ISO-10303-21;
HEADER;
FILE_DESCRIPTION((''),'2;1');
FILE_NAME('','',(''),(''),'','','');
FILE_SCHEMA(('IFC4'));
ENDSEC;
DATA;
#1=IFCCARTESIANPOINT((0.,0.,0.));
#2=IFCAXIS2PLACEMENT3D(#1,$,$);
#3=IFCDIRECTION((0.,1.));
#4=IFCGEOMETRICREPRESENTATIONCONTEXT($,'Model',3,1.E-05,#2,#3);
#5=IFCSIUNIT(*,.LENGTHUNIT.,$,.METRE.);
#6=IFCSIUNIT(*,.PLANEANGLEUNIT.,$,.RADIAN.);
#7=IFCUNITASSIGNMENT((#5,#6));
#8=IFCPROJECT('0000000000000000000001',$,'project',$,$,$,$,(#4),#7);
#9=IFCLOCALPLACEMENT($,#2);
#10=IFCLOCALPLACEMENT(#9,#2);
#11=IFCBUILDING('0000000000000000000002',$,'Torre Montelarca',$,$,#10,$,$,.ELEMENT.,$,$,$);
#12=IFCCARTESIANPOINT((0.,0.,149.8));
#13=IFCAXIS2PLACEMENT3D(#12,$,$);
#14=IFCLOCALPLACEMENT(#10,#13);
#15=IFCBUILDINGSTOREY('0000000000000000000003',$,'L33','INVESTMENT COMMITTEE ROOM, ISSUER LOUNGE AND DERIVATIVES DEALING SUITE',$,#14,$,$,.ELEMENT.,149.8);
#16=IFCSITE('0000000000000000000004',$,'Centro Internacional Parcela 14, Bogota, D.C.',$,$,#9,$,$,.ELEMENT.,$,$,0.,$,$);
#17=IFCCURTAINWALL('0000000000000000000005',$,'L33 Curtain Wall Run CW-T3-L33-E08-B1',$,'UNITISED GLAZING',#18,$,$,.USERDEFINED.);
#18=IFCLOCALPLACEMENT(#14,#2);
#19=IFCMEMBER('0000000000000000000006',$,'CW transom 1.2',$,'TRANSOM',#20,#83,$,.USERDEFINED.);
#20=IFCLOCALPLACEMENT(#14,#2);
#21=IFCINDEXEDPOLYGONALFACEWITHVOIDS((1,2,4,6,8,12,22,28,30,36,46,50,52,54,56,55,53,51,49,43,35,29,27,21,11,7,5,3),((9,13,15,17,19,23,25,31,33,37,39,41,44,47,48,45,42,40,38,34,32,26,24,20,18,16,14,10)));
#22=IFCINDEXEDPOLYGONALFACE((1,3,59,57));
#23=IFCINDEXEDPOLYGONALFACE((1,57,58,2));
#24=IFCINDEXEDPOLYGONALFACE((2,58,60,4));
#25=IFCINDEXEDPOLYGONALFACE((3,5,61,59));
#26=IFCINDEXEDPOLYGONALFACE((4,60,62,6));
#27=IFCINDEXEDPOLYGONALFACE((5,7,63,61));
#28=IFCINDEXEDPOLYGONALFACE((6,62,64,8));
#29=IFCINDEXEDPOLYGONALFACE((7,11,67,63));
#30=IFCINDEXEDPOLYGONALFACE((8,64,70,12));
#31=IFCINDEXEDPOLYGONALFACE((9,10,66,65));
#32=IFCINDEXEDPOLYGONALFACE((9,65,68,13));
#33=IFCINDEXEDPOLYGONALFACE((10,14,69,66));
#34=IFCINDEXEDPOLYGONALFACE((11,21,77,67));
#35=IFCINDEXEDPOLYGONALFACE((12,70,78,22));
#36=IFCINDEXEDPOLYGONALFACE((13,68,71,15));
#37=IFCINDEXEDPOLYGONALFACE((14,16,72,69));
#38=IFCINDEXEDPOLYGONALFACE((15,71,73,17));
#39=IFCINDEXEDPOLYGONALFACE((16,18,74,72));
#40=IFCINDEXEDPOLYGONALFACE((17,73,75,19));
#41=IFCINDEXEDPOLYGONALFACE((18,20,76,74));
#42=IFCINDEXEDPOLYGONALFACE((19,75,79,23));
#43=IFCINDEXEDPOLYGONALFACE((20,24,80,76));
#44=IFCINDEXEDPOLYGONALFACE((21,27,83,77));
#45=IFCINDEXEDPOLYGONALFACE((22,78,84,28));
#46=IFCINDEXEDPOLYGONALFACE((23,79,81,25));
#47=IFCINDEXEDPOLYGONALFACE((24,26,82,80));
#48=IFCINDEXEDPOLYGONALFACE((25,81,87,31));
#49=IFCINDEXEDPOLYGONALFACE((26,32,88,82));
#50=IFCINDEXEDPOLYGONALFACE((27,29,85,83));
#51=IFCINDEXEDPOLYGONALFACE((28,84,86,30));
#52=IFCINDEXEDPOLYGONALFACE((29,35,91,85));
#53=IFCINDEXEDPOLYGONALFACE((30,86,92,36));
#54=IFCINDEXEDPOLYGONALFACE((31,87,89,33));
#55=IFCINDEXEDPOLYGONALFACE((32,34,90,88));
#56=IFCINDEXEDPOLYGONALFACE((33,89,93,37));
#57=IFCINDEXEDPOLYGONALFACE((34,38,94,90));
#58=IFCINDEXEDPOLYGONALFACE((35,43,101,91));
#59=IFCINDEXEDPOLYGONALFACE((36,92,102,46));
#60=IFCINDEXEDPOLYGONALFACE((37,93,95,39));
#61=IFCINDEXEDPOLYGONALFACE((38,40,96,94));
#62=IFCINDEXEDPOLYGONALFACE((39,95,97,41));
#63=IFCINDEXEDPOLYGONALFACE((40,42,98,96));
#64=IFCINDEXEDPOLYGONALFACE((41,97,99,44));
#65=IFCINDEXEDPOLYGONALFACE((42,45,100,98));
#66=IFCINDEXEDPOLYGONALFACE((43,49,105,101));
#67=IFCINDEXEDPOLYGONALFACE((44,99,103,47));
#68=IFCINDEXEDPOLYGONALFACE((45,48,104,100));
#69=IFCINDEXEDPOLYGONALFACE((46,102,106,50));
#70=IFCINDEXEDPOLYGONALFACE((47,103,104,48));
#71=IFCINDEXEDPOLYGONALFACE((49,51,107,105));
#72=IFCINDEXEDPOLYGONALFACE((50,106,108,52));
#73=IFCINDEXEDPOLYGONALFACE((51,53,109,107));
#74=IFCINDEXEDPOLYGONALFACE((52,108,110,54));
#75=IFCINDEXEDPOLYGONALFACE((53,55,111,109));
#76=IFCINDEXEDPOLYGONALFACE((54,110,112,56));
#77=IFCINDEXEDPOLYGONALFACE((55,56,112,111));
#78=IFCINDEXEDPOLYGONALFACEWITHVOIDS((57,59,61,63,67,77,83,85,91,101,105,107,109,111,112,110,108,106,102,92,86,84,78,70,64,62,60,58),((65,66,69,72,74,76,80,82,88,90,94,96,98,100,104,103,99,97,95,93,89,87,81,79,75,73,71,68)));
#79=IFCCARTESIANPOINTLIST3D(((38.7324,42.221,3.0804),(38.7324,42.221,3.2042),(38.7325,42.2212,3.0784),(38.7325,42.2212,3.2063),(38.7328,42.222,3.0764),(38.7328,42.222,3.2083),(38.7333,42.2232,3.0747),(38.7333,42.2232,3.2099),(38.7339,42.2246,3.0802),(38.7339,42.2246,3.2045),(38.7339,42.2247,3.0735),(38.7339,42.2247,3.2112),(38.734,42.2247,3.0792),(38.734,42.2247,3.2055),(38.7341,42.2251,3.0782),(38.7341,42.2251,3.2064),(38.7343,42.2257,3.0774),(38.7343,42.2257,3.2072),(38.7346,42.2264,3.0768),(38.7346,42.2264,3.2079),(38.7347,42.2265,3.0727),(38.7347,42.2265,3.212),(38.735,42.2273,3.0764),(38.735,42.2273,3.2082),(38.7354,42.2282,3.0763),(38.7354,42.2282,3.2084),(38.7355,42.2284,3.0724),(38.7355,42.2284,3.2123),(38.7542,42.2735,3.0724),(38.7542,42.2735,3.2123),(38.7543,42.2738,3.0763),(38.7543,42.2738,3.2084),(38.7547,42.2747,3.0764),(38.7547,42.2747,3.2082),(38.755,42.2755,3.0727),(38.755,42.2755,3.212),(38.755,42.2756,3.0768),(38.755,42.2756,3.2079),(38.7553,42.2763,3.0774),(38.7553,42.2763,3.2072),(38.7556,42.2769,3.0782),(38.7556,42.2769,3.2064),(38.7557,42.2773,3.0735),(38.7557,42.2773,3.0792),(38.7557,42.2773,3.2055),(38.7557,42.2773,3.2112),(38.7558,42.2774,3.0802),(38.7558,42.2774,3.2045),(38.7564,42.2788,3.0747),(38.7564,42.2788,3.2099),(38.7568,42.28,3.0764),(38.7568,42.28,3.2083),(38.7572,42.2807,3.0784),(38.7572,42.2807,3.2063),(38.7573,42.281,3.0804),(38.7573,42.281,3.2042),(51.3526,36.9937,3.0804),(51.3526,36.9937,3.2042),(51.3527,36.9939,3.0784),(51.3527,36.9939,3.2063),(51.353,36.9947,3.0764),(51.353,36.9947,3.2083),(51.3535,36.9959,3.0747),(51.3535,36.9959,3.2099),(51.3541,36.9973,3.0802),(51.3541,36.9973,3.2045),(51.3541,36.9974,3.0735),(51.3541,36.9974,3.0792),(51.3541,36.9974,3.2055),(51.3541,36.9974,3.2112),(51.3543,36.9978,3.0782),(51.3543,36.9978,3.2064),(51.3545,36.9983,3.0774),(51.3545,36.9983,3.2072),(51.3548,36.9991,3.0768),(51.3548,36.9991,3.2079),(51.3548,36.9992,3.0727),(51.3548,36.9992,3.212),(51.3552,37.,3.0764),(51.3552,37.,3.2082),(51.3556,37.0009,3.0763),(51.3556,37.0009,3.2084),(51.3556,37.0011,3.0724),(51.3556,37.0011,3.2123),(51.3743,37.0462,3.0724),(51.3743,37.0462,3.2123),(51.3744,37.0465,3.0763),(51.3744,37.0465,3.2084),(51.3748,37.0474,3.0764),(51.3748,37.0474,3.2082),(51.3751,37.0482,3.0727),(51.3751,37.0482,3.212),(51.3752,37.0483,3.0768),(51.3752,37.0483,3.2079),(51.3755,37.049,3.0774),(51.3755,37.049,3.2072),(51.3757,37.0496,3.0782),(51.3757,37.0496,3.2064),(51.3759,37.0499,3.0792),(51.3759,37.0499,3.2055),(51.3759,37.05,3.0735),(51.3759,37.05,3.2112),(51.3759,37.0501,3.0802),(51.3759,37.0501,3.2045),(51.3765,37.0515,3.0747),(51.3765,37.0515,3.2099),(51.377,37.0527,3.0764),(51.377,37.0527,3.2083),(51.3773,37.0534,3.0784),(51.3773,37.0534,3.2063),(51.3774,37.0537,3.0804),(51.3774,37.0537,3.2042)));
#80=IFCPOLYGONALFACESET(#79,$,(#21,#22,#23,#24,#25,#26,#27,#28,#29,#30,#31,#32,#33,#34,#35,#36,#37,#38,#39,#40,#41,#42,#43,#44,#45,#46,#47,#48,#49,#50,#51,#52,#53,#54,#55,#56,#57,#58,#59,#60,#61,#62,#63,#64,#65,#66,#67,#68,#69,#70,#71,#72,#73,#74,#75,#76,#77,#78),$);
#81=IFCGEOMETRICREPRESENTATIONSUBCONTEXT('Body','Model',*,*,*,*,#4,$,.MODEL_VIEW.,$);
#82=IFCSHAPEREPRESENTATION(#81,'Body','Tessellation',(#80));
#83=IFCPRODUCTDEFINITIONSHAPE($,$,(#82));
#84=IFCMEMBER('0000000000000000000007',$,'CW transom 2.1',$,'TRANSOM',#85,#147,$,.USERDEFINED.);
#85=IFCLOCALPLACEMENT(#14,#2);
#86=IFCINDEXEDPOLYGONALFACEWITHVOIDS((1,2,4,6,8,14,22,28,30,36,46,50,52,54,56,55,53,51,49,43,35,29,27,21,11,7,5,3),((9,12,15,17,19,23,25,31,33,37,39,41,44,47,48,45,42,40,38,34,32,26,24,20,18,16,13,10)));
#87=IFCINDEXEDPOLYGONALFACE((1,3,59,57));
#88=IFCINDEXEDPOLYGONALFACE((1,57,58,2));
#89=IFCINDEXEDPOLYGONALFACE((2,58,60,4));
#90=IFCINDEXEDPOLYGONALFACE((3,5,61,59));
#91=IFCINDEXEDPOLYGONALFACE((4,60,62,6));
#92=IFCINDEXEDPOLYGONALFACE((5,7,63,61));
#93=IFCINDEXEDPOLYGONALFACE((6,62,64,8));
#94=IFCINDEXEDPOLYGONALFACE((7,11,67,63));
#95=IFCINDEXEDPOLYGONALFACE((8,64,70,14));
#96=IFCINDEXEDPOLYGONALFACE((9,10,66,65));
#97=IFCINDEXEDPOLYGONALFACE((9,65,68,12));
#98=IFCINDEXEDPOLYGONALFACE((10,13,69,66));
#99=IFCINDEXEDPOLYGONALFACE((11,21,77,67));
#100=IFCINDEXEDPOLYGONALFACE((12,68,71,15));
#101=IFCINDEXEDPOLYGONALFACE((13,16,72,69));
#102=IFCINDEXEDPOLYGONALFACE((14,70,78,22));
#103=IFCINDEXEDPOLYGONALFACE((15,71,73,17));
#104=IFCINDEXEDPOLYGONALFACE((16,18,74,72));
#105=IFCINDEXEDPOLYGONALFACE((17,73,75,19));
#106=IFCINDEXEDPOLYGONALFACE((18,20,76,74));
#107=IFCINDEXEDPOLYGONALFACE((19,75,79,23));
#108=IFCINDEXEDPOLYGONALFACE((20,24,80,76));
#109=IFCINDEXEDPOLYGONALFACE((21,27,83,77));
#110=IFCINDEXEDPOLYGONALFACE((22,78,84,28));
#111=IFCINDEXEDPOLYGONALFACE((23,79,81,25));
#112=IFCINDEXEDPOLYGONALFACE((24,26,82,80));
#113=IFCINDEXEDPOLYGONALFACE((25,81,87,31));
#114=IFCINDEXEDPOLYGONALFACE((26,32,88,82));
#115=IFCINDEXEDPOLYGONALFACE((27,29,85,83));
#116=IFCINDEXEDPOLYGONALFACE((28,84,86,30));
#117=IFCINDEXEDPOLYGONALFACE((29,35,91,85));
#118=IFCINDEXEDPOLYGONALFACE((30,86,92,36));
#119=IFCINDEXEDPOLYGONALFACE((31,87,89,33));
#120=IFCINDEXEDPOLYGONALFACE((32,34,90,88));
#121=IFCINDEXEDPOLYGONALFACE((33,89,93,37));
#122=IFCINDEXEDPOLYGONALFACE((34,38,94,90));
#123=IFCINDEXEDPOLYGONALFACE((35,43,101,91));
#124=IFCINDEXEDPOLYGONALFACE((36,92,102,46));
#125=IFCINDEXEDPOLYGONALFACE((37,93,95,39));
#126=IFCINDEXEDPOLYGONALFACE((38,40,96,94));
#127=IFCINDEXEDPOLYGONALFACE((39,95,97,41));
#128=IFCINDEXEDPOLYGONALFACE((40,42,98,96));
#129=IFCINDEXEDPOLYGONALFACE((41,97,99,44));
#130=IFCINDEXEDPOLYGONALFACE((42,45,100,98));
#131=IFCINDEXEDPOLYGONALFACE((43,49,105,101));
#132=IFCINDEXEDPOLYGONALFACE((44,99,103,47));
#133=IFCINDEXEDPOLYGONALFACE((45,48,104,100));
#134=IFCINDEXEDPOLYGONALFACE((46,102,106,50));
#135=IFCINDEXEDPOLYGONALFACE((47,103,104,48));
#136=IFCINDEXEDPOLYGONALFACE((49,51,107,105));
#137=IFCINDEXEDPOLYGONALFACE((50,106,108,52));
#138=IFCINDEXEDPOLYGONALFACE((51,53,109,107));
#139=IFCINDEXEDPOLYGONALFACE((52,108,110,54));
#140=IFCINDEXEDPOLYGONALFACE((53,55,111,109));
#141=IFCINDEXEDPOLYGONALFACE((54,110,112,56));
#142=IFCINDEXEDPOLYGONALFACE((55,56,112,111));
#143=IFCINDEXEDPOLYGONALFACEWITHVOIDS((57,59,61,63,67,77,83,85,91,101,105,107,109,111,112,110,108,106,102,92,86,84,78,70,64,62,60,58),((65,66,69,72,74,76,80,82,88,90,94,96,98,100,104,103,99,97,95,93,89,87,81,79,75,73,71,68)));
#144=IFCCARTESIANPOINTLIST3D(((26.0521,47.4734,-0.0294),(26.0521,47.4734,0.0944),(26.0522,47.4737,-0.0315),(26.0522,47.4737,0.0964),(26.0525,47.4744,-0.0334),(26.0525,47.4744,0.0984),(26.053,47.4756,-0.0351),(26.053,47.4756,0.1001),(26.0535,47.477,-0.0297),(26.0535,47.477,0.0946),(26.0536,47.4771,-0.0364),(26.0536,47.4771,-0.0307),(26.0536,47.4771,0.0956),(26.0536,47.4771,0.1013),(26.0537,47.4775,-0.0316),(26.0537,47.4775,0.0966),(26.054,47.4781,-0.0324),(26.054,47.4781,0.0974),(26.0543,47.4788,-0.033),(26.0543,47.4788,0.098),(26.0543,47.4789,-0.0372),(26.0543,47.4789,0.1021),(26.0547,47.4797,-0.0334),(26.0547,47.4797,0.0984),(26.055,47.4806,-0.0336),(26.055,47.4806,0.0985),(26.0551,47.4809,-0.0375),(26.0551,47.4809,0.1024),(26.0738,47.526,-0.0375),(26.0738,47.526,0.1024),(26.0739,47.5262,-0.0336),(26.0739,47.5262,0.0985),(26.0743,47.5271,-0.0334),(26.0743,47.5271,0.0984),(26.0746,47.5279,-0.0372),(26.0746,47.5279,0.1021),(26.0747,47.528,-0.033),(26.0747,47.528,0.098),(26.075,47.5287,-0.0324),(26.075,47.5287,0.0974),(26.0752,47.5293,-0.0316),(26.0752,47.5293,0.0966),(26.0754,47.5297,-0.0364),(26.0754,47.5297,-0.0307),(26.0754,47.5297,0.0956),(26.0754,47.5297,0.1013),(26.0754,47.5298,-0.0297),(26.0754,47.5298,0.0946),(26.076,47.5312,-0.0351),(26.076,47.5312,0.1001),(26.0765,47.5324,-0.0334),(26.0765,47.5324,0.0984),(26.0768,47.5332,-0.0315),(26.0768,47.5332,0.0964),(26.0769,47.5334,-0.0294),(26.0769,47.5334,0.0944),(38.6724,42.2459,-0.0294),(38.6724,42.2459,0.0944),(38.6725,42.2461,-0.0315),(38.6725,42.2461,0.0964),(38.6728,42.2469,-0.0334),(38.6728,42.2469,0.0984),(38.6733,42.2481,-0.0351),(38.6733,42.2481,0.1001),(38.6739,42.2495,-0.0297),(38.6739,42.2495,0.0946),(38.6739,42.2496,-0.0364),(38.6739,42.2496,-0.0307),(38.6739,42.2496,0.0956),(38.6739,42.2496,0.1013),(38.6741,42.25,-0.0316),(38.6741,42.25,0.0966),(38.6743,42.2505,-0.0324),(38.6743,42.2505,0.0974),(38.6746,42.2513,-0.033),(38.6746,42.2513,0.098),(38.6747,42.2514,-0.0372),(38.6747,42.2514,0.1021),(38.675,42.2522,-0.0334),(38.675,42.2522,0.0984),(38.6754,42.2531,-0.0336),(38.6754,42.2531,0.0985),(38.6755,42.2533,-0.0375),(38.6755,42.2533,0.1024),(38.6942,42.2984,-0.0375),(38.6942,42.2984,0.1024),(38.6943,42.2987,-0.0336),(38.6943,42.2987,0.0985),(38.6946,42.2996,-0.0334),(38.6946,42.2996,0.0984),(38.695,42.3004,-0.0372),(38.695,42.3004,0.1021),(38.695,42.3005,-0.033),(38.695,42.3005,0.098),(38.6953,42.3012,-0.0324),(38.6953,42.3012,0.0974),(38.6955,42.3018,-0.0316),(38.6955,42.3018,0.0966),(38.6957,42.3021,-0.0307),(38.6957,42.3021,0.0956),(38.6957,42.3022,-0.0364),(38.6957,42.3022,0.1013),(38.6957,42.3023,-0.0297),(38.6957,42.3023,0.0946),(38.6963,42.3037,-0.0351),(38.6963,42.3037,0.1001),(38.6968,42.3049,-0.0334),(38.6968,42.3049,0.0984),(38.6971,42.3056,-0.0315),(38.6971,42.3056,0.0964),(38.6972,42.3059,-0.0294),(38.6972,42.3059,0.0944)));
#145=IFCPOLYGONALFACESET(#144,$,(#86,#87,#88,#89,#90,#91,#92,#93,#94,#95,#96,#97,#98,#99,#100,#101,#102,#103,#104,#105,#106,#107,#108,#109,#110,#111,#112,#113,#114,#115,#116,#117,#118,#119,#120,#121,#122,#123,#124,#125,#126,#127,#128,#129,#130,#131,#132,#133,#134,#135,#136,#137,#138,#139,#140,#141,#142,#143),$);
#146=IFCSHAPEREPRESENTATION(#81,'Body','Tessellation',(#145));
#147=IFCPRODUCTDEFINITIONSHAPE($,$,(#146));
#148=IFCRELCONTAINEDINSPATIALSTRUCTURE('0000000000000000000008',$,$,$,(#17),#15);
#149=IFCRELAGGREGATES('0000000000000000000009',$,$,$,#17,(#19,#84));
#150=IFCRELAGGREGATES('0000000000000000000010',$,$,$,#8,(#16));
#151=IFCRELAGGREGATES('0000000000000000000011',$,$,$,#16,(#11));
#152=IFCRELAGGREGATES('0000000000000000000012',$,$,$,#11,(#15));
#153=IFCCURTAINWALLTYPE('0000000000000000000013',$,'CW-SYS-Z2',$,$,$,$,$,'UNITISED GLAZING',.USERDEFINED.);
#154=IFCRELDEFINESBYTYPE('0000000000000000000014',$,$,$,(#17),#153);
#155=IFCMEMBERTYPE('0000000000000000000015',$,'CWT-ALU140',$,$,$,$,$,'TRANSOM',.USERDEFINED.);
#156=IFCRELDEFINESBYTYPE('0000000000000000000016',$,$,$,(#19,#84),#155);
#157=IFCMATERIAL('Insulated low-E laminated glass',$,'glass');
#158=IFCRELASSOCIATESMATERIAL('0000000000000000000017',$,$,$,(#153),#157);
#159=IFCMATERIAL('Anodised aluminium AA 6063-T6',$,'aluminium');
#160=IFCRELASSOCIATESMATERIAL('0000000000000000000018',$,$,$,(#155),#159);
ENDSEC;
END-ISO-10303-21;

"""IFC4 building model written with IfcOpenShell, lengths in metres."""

from ifc_helpers import new_model, si_unit, direction, frame, origin, origin_2d, place, context, subcontext, project, spatial, hollow_rectangle, extrude, source, transform, mapped, material, material_profile, profile_set, type_object, element, aggregate, save


model = new_model("IFC4")

# Units and contexts
model_context = context("Model", 3, precision=1e-05, world=origin(), true_north=direction((0.0, 1.0)))
body_context = subcontext(model_context, "Body", "Model", "MODEL_VIEW")
ifc_project = project(units=[si_unit("LENGTHUNIT", "METRE"), si_unit("PLANEANGLEUNIT", "RADIAN")], contexts=[model_context])

# Site, building, storey
site_placement = place(None, origin())
site = spatial("IfcSite", under=ifc_project, at=site_placement, Name="Centro Internacional Parcela 14, Bogota, D.C.", CompositionType="ELEMENT", RefElevation=0.0)
building_placement = place(site_placement, origin())
building = spatial("IfcBuilding", under=site, at=building_placement, Name="Torre Montelarca", CompositionType="ELEMENT")
storey_placement = place(building_placement, frame((0.0, 0.0, 149.8)))
storey = spatial("IfcBuildingStorey", under=building, at=storey_placement, Name="L33", Description="INVESTMENT COMMITTEE ROOM, ISSUER LOUNGE AND DERIVATIVES DEALING SUITE", CompositionType="ELEMENT", Elevation=149.8)

# Shared definitions
ifc_material_1 = material(Name="Insulated low-E laminated glass", Category="glass")
curtain_wall_type = type_object("IfcCurtainWallType", Name="CW-SYS-Z2", ElementType="UNITISED GLAZING", PredefinedType="USERDEFINED", material=ifc_material_1)
ifc_material_2 = material(Name="Anodised aluminium AA 6063-T6", Category="aluminium")
ifc_material_profile_1 = material_profile(ifc_material_2, hollow_rectangle(XDim=0.0649, YDim=0.1399, WallThickness=0.0039, InnerFilletRadius=0.0039, OuterFilletRadius=0.0081, at=origin_2d()), Name="ALU65X140X4", Category="aluminium")
ifc_profile_set_1 = profile_set([ifc_material_profile_1], Name="Anodised aluminium AA 6063-T6")
member_type_1 = type_object("IfcMemberType", Name="CWT-ALU140", ElementType="TRANSOM", PredefinedType="USERDEFINED", material=ifc_profile_set_1)

# Curtain wall, members
curtain_wall_1_placement = place(storey_placement, origin())
curtain_wall_1 = element("IfcCurtainWall", 1, at=curtain_wall_1_placement, inside=storey, type_object=curtain_wall_type, Name="L33 Curtain Wall Run CW-T3-L33-E08-B1", ObjectType="UNITISED GLAZING", PredefinedType="USERDEFINED")
shared_shape_1 = source(origin(), body_context, "Body", "SweptSolid", [
    extrude(hollow_rectangle(XDim=0.0649, YDim=0.1399, WallThickness=0.0039, InnerFilletRadius=0.0039, OuterFilletRadius=0.0081, at=origin_2d()), origin(), (0.0, 0.0, 1.0), 13.6599),
])
member_1_placement = place(storey_placement, frame((51.365, 37.0237, 3.1423), z_axis=(-0.923883, 0.382675, 0.0), x_axis=(-0.382675, -0.923883, 0.0)))
member_1 = element("IfcMember", 2, at=member_1_placement, type_object=member_type_1, Name="CW transom 1.2", ObjectType="TRANSOM", PredefinedType="USERDEFINED", context=body_context, shape_type="MappedRepresentation", body=[
    mapped(shared_shape_1, transform((0.0, 0.0, 0.0), scale=1.0)),
])
shared_shape_2 = source(origin(), body_context, "Body", "SweptSolid", [
    extrude(hollow_rectangle(XDim=0.0649, YDim=0.1399, WallThickness=0.0039, InnerFilletRadius=0.0039, OuterFilletRadius=0.0081, at=origin_2d()), origin(), (0.0, 0.0, 1.0), 13.6602),
])
member_2_placement = place(storey_placement, frame((38.6848, 42.2759, 0.0325), z_axis=(-0.923879, 0.382684, 0.0), x_axis=(-0.382684, -0.923879, 0.0)))
member_2 = element("IfcMember", 3, at=member_2_placement, type_object=member_type_1, Name="CW transom 2.1", ObjectType="TRANSOM", PredefinedType="USERDEFINED", context=body_context, shape_type="MappedRepresentation", body=[
    mapped(shared_shape_2, transform((0.0, 0.0, 0.0), scale=1.0)),
])

aggregate(curtain_wall_1, [member_1, member_2])

save(model, "model.ifc")
